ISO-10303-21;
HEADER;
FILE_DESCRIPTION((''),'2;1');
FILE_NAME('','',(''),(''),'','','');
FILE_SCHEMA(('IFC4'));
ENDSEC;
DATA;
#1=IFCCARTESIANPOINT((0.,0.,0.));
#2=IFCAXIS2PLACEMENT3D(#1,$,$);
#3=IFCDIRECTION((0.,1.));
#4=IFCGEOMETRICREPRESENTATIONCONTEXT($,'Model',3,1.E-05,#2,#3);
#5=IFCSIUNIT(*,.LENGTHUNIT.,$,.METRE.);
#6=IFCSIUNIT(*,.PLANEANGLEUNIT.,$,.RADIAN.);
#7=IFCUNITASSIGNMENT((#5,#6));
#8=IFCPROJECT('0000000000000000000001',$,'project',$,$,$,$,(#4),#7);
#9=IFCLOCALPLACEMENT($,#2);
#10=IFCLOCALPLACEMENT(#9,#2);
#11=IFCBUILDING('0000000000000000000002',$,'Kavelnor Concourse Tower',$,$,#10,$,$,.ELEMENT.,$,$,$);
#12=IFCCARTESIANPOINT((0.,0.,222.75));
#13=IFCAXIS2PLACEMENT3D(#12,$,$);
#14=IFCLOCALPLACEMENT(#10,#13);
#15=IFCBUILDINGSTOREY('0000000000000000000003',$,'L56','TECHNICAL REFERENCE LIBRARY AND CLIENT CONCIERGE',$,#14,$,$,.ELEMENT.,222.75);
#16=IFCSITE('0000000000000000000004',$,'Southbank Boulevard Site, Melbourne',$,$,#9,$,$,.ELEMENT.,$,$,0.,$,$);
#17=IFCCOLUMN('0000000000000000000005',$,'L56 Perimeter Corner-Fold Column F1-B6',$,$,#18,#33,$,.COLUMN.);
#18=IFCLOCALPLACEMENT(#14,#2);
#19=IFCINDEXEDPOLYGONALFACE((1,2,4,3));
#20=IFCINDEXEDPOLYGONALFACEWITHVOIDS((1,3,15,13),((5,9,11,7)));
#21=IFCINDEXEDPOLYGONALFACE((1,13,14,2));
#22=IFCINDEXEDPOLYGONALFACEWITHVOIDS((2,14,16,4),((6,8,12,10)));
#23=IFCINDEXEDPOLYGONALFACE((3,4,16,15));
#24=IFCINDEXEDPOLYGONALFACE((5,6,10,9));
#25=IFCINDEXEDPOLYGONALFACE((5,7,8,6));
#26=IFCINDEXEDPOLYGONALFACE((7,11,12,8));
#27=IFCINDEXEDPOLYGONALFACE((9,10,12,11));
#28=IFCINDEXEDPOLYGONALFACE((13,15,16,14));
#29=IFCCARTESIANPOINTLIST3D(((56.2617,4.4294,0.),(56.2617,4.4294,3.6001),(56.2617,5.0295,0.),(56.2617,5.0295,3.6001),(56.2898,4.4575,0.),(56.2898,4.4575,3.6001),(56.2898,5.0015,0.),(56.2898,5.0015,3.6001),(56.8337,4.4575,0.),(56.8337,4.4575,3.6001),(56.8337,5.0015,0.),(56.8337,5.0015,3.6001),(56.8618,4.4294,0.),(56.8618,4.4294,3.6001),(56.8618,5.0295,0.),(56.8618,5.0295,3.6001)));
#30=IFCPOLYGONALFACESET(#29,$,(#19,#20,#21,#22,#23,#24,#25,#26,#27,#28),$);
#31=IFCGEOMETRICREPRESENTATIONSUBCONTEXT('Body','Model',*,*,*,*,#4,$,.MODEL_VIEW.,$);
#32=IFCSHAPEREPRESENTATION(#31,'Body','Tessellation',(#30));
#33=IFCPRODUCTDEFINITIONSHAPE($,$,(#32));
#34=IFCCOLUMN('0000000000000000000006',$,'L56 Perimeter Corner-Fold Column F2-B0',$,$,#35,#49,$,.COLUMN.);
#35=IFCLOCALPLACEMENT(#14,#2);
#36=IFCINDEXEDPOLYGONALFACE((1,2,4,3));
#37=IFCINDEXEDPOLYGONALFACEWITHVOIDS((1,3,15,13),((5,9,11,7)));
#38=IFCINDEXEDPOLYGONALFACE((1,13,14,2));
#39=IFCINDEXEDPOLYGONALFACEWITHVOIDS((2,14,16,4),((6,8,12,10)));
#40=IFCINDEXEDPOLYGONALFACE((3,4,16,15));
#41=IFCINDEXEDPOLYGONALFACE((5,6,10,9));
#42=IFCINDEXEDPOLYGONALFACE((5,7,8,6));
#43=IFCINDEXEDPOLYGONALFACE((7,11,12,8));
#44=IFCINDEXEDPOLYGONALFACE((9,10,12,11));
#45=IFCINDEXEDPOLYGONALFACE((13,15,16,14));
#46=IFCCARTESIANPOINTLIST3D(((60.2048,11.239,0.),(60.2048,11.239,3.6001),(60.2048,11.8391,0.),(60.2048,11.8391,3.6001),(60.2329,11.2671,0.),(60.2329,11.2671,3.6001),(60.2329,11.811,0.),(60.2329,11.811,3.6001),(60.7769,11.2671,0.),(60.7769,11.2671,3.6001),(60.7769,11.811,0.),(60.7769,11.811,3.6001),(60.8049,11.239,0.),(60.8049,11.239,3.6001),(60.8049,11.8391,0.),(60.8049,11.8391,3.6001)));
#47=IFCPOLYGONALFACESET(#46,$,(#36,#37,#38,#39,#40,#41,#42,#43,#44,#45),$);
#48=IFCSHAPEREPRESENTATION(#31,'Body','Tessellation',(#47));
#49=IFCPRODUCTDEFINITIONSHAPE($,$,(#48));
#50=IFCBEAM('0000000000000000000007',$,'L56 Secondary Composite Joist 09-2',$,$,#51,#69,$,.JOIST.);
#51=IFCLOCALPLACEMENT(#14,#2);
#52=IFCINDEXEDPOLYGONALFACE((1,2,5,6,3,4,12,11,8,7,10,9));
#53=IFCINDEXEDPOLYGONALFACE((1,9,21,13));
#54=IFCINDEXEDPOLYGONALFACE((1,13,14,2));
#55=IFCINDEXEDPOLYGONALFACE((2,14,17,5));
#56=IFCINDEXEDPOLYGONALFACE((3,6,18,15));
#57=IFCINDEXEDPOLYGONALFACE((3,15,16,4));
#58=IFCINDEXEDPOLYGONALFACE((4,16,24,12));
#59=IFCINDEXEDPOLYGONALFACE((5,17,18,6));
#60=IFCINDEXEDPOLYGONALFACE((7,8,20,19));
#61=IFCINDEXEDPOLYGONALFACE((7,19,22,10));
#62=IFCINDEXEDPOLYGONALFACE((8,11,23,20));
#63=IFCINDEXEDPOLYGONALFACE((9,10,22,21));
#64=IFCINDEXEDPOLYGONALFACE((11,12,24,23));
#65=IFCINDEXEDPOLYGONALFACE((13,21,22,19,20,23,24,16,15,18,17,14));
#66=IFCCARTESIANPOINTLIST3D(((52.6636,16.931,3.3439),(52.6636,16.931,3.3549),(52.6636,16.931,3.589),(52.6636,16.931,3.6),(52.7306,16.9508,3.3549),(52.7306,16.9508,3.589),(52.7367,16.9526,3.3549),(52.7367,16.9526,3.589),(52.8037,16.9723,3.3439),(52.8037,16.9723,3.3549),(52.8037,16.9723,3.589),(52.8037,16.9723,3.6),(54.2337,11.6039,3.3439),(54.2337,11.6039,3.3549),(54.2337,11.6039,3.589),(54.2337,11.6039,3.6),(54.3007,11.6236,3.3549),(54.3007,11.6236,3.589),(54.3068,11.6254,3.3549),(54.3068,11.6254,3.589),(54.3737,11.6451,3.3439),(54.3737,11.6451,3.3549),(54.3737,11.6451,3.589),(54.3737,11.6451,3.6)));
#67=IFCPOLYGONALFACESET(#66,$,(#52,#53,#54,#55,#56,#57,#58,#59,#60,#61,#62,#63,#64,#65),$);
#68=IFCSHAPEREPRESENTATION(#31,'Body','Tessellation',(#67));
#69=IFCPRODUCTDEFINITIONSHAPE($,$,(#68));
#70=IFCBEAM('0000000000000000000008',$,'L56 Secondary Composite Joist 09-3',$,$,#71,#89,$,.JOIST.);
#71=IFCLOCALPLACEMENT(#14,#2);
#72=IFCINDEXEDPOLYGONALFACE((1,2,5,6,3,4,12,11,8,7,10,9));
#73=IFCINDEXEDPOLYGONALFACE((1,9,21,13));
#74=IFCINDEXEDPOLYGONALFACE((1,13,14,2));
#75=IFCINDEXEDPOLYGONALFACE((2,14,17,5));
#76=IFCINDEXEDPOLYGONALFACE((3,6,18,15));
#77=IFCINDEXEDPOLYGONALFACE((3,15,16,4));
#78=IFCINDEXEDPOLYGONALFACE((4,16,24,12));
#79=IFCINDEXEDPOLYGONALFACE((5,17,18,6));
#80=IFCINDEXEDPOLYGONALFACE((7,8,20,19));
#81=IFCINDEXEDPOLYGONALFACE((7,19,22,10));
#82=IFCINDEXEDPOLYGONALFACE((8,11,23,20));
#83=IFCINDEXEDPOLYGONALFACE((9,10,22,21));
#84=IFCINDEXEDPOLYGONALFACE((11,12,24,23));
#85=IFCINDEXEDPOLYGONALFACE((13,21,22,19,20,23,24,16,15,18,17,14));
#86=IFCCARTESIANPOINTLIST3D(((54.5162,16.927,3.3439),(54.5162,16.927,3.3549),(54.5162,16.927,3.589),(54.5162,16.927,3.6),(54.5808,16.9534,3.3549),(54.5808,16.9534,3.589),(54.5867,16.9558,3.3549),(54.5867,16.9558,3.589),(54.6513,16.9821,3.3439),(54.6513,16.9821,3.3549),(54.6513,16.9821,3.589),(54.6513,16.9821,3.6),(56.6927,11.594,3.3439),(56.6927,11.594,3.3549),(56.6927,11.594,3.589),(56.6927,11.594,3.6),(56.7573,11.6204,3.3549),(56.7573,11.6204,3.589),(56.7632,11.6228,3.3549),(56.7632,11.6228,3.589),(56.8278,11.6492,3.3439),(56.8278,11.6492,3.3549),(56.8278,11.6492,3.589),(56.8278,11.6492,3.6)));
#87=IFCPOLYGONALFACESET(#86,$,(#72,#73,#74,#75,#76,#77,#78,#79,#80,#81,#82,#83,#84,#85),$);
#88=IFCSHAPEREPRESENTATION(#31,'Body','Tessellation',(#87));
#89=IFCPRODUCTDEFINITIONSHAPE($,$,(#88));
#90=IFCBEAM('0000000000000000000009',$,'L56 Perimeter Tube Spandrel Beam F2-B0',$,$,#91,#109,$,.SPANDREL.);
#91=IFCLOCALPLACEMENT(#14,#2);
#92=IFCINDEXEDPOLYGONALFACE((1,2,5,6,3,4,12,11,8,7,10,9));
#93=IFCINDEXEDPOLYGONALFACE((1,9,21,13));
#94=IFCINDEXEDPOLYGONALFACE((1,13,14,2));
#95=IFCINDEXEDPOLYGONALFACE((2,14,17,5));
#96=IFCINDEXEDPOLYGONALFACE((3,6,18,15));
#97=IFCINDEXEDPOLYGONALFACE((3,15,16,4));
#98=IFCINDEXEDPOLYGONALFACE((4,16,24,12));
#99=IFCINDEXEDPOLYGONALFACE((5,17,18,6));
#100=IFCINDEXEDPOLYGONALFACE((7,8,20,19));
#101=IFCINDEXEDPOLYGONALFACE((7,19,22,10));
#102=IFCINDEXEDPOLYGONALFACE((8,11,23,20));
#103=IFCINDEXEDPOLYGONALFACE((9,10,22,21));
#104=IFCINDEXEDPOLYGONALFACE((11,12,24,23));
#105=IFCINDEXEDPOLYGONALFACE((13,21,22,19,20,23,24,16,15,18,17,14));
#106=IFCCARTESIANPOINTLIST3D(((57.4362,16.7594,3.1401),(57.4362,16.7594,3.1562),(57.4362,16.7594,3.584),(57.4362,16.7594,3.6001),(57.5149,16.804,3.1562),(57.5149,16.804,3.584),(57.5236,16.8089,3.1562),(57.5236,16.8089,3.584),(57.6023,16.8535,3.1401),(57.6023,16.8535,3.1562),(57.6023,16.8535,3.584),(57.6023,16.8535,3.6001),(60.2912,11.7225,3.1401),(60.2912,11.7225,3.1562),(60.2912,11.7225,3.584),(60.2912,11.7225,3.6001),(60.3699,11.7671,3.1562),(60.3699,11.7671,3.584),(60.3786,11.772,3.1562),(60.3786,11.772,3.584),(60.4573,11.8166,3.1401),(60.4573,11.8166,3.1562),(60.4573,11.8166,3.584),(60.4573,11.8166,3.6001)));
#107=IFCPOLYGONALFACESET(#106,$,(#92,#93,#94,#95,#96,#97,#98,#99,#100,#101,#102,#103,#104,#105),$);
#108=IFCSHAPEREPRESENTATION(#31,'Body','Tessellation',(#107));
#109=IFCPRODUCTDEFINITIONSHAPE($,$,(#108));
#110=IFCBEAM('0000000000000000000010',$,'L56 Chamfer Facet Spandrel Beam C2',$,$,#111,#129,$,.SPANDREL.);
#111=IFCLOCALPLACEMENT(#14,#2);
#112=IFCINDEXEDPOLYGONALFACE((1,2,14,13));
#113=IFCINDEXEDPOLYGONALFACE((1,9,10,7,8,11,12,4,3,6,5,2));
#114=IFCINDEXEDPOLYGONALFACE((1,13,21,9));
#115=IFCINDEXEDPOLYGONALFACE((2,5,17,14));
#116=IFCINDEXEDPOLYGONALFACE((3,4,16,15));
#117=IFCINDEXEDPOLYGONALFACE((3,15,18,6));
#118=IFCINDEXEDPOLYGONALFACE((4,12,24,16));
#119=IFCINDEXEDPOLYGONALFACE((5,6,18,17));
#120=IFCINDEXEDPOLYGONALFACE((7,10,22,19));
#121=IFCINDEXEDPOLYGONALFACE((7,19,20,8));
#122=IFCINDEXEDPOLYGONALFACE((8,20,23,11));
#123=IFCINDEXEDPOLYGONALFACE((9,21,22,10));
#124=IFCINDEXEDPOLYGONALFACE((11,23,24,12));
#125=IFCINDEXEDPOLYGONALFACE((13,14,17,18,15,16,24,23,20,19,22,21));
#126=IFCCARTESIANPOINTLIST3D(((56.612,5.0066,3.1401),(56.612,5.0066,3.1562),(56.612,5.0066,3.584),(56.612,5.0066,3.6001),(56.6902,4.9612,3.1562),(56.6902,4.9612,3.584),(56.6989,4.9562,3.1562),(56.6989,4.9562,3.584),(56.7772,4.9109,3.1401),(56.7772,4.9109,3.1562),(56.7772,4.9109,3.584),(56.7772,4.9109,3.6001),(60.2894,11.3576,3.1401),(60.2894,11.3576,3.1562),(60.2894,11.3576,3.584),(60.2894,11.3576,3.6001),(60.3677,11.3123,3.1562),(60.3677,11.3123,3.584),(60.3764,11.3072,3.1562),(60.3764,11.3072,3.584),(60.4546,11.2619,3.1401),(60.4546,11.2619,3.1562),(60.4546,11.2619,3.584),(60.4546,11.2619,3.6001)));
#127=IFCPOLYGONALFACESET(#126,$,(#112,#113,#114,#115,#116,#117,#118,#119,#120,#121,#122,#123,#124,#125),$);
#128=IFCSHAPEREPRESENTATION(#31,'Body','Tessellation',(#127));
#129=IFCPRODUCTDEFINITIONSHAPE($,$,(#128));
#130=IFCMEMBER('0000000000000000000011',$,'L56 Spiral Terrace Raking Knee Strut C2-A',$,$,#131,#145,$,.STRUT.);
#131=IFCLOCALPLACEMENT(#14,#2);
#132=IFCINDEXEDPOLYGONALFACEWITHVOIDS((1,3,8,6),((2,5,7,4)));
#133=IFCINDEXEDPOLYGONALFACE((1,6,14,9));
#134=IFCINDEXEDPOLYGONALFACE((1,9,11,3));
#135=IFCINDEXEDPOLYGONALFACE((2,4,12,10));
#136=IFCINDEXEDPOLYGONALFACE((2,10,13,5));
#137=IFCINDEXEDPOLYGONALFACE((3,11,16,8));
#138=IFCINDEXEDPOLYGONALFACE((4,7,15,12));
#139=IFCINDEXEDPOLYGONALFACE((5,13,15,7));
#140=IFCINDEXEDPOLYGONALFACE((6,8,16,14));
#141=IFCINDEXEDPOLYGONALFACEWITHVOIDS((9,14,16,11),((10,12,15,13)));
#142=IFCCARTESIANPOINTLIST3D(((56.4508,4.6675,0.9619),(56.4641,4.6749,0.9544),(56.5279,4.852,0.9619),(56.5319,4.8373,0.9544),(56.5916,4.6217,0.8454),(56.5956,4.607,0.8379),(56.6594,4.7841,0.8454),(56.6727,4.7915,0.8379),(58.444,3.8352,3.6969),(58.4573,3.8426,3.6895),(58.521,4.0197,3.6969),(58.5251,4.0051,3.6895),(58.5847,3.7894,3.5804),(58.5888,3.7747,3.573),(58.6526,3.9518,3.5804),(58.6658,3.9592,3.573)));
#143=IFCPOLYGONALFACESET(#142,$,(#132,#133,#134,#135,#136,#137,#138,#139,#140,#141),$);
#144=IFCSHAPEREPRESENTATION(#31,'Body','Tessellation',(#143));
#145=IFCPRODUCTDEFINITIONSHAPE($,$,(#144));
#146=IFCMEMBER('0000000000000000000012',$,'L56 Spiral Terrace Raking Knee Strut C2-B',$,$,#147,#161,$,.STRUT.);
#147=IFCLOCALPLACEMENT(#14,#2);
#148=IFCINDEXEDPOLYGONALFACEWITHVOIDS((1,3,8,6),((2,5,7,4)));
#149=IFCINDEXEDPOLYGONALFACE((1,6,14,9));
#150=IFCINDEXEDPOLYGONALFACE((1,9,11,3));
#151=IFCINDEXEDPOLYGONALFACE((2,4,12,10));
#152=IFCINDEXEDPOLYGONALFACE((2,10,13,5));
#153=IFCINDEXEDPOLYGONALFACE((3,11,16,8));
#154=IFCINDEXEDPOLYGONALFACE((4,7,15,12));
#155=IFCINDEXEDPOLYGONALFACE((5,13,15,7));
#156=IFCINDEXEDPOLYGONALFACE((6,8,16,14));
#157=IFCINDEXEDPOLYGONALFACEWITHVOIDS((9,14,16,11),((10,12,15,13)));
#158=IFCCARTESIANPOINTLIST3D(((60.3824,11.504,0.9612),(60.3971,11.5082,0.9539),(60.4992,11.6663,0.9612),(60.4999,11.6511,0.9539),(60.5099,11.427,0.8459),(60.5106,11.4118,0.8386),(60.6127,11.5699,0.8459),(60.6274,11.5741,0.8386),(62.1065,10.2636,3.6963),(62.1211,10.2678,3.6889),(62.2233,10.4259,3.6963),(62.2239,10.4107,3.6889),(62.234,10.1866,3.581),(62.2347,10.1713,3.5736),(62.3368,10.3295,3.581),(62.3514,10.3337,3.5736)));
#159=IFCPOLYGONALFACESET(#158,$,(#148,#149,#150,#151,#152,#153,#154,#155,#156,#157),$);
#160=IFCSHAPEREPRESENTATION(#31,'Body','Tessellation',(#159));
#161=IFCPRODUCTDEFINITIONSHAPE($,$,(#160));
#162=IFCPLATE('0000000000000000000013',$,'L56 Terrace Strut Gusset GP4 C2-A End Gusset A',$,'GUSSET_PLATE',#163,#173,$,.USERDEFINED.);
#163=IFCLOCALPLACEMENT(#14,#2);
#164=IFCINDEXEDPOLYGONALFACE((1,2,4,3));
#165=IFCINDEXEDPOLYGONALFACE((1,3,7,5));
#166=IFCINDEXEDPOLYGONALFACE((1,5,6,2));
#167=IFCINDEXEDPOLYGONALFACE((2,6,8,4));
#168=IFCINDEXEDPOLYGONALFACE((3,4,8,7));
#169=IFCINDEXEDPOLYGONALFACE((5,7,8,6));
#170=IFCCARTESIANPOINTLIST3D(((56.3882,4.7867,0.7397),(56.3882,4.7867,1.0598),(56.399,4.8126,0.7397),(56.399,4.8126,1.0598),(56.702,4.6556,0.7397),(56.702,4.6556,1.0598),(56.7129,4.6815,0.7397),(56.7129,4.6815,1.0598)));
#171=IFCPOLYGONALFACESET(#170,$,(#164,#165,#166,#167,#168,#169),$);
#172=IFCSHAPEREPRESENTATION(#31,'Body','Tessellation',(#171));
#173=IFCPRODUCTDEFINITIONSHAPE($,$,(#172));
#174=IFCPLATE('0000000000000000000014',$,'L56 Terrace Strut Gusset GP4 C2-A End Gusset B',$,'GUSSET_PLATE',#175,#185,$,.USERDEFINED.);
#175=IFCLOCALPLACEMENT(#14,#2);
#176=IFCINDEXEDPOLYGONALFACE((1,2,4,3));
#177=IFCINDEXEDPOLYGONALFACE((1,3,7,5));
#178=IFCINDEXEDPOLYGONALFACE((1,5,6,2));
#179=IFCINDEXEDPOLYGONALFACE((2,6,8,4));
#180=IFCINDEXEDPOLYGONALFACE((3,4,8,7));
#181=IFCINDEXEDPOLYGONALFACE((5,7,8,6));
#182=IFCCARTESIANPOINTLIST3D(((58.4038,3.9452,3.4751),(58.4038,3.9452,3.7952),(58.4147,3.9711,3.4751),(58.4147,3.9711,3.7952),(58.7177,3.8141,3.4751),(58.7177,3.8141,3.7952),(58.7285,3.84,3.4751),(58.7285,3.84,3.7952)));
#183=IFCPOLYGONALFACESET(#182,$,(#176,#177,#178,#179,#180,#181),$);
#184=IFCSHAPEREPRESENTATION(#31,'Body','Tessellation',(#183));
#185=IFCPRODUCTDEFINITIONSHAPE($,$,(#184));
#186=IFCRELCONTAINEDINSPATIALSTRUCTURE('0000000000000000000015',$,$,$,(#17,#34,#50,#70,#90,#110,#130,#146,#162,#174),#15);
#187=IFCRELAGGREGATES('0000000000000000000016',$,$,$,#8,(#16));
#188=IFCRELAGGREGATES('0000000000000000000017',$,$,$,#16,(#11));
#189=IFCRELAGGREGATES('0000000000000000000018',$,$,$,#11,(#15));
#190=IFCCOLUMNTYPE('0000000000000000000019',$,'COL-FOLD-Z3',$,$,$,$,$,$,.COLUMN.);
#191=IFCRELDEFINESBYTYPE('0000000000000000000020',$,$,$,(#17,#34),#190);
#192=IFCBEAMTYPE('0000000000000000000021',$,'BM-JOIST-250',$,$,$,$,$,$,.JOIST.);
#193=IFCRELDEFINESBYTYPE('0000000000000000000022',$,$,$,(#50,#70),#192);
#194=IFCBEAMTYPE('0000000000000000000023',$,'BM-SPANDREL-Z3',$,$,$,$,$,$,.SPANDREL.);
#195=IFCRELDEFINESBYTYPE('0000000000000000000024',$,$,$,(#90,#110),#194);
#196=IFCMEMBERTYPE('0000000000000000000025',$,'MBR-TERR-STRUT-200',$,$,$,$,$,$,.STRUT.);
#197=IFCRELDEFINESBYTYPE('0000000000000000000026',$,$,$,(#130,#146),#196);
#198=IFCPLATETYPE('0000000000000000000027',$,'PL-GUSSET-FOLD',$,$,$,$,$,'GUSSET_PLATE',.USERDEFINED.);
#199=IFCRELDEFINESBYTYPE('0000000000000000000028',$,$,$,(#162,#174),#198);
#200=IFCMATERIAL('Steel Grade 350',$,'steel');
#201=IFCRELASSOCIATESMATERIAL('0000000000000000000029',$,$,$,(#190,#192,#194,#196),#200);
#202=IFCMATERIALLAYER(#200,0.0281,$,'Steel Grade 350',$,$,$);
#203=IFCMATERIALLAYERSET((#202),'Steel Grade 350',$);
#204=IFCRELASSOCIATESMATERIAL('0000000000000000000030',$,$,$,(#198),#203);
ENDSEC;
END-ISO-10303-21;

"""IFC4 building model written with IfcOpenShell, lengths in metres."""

from ifc_helpers import new_model, si_unit, direction, frame, origin, origin_2d, place, context, subcontext, project, spatial, rectangle, hollow_rectangle, i_section, extrude, material, layer, layer_set, material_profile, profile_set, type_object, element, save


model = new_model("IFC4")

# Units and contexts
model_context = context("Model", 3, precision=1e-05, world=origin(), true_north=direction((0.0, 1.0)))
body_context = subcontext(model_context, "Body", "Model", "MODEL_VIEW")
ifc_project = project(units=[si_unit("LENGTHUNIT", "METRE"), si_unit("PLANEANGLEUNIT", "RADIAN")], contexts=[model_context])

# Site, building, storey
site_placement = place(None, origin())
site = spatial("IfcSite", under=ifc_project, at=site_placement, Name="Southbank Boulevard Site, Melbourne", CompositionType="ELEMENT", RefElevation=0.0)
building_placement = place(site_placement, origin())
building = spatial("IfcBuilding", under=site, at=building_placement, Name="Kavelnor Concourse Tower", CompositionType="ELEMENT")
storey_placement = place(building_placement, frame((0.0, 0.0, 222.75)))
storey = spatial("IfcBuildingStorey", under=building, at=storey_placement, Name="L56", Description="TECHNICAL REFERENCE LIBRARY AND CLIENT CONCIERGE", CompositionType="ELEMENT", Elevation=222.75)

# Columns
ifc_material_1 = material(Name="Steel Grade 350", Category="steel")
ifc_material_profile_1 = material_profile(ifc_material_1, hollow_rectangle(XDim=0.6001, YDim=0.6001, WallThickness=0.0281, at=origin_2d()), Name="SHS 600x600x28")
ifc_profile_set_1 = profile_set([ifc_material_profile_1], Name="Steel Grade 350")
column_type = type_object("IfcColumnType", Name="COL-FOLD-Z3", PredefinedType="COLUMN", material=ifc_profile_set_1)
for number, where, z_axis, x_axis, name in (
    (1, (56.5618, 4.7295, 0.0), (0.0, 0.0, 1.0), (1.0, 0.0, 0.0), "L56 Perimeter Corner-Fold Column F1-B6"),
    (2, (60.5049, 11.5391, 0.0), (0.0, 0.0, 1.0), (1.0, 0.0, 0.0), "L56 Perimeter Corner-Fold Column F2-B0"),
):
    element("IfcColumn", number, at=place(storey_placement, frame(where, z_axis=z_axis, x_axis=x_axis)), inside=storey, type_object=column_type, Name=name, PredefinedType="COLUMN", context=body_context, shape_type="SweptSolid", body=[
        extrude(hollow_rectangle(XDim=0.6001, YDim=0.6001, WallThickness=0.0281, at=origin_2d()), origin(), (0.0, 0.0, 1.0), 3.6001),
    ])

# Beams
ifc_material_profile_2 = material_profile(ifc_material_1, i_section(OverallWidth=0.146, OverallDepth=0.2561, WebThickness=0.0063, FlangeThickness=0.011, at=origin_2d()), Name="250UB37")
ifc_profile_set_2 = profile_set([ifc_material_profile_2], Name="Steel Grade 350")
beam_type_1 = type_object("IfcBeamType", Name="BM-JOIST-250", PredefinedType="JOIST", material=ifc_profile_set_2)
beam_1_placement = place(storey_placement, frame((54.3037, 11.6245, 3.4719), z_axis=(-0.282707, 0.959206, 0.0), x_axis=(-0.959206, -0.282707, 0.0)))
element("IfcBeam", 3, at=beam_1_placement, inside=storey, type_object=beam_type_1, Name="L56 Secondary Composite Joist 09-2", PredefinedType="JOIST", context=body_context, shape_type="SweptSolid", body=[
    extrude(i_section(OverallWidth=0.146, OverallDepth=0.2561, WebThickness=0.0063, FlangeThickness=0.011, at=origin_2d()), origin(), (0.0, 0.0, 1.0), 5.5537),
])
beam_2_placement = place(storey_placement, frame((56.7603, 11.6216, 3.4719), z_axis=(-0.377864, 0.925861, 0.0), x_axis=(-0.925861, -0.377864, 0.0)))
element("IfcBeam", 4, at=beam_2_placement, inside=storey, type_object=beam_type_1, Name="L56 Secondary Composite Joist 09-3", PredefinedType="JOIST", context=body_context, shape_type="SweptSolid", body=[
    extrude(i_section(OverallWidth=0.146, OverallDepth=0.2561, WebThickness=0.0063, FlangeThickness=0.011, at=origin_2d()), origin(), (0.0, 0.0, 1.0), 5.76),
])
ifc_material_profile_3 = material_profile(ifc_material_1, i_section(OverallWidth=0.1909, OverallDepth=0.46, WebThickness=0.01, FlangeThickness=0.0161, at=origin_2d()), Name="460UB82")
ifc_profile_set_3 = profile_set([ifc_material_profile_3], Name="Steel Grade 350")
beam_type_2 = type_object("IfcBeamType", Name="BM-SPANDREL-Z3", PredefinedType="SPANDREL", material=ifc_profile_set_3)
beam_3_placement = place(storey_placement, frame((60.3743, 11.7695, 3.3701), z_axis=(-0.493112, 0.869966, 0.0), x_axis=(-0.869966, -0.493112, 0.0)))
element("IfcBeam", 5, at=beam_3_placement, inside=storey, type_object=beam_type_2, Name="L56 Perimeter Tube Spandrel Beam F2-B0", PredefinedType="SPANDREL", context=body_context, shape_type="SweptSolid", body=[
    extrude(i_section(OverallWidth=0.1909, OverallDepth=0.46, WebThickness=0.01, FlangeThickness=0.0161, at=origin_2d()), origin(), (0.0, 0.0, 1.0), 5.7898),
])
beam_4_placement = place(storey_placement, frame((56.6946, 4.9587, 3.3701), z_axis=(0.501093, 0.865394, 0.0), x_axis=(-0.865394, 0.501093, 0.0)))
element("IfcBeam", 6, at=beam_4_placement, inside=storey, type_object=beam_type_2, Name="L56 Chamfer Facet Spandrel Beam C2", PredefinedType="SPANDREL", context=body_context, shape_type="SweptSolid", body=[
    extrude(i_section(OverallWidth=0.1909, OverallDepth=0.46, WebThickness=0.01, FlangeThickness=0.0161, at=origin_2d()), origin(), (0.0, 0.0, 1.0), 7.3389),
])

# Members
ifc_material_profile_4 = material_profile(ifc_material_1, hollow_rectangle(XDim=0.2, YDim=0.2, WallThickness=0.012, at=origin_2d()), Name="SHS 200x200x12")
ifc_profile_set_4 = profile_set([ifc_material_profile_4], Name="Steel Grade 350")
member_type = type_object("IfcMemberType", Name="MBR-TERR-STRUT-200", PredefinedType="STRUT", material=ifc_profile_set_4)
member_1_placement = place(storey_placement, frame((56.5618, 4.7295, 0.8999), z_axis=(0.571904, -0.238807, 0.784791), x_axis=(0.385322, 0.922782, 0.0)))
element("IfcMember", 7, at=member_1_placement, inside=storey, type_object=member_type, Name="L56 Spiral Terrace Raking Knee Strut C2-A", PredefinedType="STRUT", context=body_context, shape_type="SweptSolid", body=[
    extrude(hollow_rectangle(XDim=0.2, YDim=0.2, WallThickness=0.012, at=origin_2d()), origin(), (0.0, 0.0, 1.0), 3.4851),
])
member_2_placement = place(storey_placement, frame((60.5049, 11.5391, 0.8999), z_axis=(0.497873, -0.358212, 0.789814), x_axis=(0.584029, 0.811733, 0.0)))
element("IfcMember", 8, at=member_2_placement, inside=storey, type_object=member_type, Name="L56 Spiral Terrace Raking Knee Strut C2-B", PredefinedType="STRUT", context=body_context, shape_type="SweptSolid", body=[
    extrude(hollow_rectangle(XDim=0.2, YDim=0.2, WallThickness=0.012, at=origin_2d()), origin(), (0.0, 0.0, 1.0), 3.4629),
])

# Plates
ifc_layer_1 = layer(ifc_material_1, 0.0281, Name="Steel Grade 350")
ifc_layer_set_1 = layer_set([ifc_layer_1], Name="Steel Grade 350")
plate_type = type_object("IfcPlateType", Name="PL-GUSSET-FOLD", ElementType="GUSSET_PLATE", PredefinedType="USERDEFINED", material=ifc_layer_set_1)
for number, where, z_axis, x_axis, name in (
    (9, (56.5505, 4.7341, 0.7397), (0.0, 0.0, 1.0), (0.92274, -0.385423, 0.0), "L56 Terrace Strut Gusset GP4 C2-A End Gusset A"),
    (10, (58.5662, 3.8926, 3.4751), (0.0, 0.0, 1.0), (0.92274, -0.385423, 0.0), "L56 Terrace Strut Gusset GP4 C2-A End Gusset B"),
):
    element("IfcPlate", number, at=place(storey_placement, frame(where, z_axis=z_axis, x_axis=x_axis)), inside=storey, type_object=plate_type, Name=name, ObjectType="GUSSET_PLATE", PredefinedType="USERDEFINED", context=body_context, shape_type="SweptSolid", body=[
        extrude(rectangle(XDim=0.3401, YDim=0.0281, at=origin_2d()), origin(), (0.0, 0.0, 1.0), 0.3201),
    ])

save(model, "model.ifc")
